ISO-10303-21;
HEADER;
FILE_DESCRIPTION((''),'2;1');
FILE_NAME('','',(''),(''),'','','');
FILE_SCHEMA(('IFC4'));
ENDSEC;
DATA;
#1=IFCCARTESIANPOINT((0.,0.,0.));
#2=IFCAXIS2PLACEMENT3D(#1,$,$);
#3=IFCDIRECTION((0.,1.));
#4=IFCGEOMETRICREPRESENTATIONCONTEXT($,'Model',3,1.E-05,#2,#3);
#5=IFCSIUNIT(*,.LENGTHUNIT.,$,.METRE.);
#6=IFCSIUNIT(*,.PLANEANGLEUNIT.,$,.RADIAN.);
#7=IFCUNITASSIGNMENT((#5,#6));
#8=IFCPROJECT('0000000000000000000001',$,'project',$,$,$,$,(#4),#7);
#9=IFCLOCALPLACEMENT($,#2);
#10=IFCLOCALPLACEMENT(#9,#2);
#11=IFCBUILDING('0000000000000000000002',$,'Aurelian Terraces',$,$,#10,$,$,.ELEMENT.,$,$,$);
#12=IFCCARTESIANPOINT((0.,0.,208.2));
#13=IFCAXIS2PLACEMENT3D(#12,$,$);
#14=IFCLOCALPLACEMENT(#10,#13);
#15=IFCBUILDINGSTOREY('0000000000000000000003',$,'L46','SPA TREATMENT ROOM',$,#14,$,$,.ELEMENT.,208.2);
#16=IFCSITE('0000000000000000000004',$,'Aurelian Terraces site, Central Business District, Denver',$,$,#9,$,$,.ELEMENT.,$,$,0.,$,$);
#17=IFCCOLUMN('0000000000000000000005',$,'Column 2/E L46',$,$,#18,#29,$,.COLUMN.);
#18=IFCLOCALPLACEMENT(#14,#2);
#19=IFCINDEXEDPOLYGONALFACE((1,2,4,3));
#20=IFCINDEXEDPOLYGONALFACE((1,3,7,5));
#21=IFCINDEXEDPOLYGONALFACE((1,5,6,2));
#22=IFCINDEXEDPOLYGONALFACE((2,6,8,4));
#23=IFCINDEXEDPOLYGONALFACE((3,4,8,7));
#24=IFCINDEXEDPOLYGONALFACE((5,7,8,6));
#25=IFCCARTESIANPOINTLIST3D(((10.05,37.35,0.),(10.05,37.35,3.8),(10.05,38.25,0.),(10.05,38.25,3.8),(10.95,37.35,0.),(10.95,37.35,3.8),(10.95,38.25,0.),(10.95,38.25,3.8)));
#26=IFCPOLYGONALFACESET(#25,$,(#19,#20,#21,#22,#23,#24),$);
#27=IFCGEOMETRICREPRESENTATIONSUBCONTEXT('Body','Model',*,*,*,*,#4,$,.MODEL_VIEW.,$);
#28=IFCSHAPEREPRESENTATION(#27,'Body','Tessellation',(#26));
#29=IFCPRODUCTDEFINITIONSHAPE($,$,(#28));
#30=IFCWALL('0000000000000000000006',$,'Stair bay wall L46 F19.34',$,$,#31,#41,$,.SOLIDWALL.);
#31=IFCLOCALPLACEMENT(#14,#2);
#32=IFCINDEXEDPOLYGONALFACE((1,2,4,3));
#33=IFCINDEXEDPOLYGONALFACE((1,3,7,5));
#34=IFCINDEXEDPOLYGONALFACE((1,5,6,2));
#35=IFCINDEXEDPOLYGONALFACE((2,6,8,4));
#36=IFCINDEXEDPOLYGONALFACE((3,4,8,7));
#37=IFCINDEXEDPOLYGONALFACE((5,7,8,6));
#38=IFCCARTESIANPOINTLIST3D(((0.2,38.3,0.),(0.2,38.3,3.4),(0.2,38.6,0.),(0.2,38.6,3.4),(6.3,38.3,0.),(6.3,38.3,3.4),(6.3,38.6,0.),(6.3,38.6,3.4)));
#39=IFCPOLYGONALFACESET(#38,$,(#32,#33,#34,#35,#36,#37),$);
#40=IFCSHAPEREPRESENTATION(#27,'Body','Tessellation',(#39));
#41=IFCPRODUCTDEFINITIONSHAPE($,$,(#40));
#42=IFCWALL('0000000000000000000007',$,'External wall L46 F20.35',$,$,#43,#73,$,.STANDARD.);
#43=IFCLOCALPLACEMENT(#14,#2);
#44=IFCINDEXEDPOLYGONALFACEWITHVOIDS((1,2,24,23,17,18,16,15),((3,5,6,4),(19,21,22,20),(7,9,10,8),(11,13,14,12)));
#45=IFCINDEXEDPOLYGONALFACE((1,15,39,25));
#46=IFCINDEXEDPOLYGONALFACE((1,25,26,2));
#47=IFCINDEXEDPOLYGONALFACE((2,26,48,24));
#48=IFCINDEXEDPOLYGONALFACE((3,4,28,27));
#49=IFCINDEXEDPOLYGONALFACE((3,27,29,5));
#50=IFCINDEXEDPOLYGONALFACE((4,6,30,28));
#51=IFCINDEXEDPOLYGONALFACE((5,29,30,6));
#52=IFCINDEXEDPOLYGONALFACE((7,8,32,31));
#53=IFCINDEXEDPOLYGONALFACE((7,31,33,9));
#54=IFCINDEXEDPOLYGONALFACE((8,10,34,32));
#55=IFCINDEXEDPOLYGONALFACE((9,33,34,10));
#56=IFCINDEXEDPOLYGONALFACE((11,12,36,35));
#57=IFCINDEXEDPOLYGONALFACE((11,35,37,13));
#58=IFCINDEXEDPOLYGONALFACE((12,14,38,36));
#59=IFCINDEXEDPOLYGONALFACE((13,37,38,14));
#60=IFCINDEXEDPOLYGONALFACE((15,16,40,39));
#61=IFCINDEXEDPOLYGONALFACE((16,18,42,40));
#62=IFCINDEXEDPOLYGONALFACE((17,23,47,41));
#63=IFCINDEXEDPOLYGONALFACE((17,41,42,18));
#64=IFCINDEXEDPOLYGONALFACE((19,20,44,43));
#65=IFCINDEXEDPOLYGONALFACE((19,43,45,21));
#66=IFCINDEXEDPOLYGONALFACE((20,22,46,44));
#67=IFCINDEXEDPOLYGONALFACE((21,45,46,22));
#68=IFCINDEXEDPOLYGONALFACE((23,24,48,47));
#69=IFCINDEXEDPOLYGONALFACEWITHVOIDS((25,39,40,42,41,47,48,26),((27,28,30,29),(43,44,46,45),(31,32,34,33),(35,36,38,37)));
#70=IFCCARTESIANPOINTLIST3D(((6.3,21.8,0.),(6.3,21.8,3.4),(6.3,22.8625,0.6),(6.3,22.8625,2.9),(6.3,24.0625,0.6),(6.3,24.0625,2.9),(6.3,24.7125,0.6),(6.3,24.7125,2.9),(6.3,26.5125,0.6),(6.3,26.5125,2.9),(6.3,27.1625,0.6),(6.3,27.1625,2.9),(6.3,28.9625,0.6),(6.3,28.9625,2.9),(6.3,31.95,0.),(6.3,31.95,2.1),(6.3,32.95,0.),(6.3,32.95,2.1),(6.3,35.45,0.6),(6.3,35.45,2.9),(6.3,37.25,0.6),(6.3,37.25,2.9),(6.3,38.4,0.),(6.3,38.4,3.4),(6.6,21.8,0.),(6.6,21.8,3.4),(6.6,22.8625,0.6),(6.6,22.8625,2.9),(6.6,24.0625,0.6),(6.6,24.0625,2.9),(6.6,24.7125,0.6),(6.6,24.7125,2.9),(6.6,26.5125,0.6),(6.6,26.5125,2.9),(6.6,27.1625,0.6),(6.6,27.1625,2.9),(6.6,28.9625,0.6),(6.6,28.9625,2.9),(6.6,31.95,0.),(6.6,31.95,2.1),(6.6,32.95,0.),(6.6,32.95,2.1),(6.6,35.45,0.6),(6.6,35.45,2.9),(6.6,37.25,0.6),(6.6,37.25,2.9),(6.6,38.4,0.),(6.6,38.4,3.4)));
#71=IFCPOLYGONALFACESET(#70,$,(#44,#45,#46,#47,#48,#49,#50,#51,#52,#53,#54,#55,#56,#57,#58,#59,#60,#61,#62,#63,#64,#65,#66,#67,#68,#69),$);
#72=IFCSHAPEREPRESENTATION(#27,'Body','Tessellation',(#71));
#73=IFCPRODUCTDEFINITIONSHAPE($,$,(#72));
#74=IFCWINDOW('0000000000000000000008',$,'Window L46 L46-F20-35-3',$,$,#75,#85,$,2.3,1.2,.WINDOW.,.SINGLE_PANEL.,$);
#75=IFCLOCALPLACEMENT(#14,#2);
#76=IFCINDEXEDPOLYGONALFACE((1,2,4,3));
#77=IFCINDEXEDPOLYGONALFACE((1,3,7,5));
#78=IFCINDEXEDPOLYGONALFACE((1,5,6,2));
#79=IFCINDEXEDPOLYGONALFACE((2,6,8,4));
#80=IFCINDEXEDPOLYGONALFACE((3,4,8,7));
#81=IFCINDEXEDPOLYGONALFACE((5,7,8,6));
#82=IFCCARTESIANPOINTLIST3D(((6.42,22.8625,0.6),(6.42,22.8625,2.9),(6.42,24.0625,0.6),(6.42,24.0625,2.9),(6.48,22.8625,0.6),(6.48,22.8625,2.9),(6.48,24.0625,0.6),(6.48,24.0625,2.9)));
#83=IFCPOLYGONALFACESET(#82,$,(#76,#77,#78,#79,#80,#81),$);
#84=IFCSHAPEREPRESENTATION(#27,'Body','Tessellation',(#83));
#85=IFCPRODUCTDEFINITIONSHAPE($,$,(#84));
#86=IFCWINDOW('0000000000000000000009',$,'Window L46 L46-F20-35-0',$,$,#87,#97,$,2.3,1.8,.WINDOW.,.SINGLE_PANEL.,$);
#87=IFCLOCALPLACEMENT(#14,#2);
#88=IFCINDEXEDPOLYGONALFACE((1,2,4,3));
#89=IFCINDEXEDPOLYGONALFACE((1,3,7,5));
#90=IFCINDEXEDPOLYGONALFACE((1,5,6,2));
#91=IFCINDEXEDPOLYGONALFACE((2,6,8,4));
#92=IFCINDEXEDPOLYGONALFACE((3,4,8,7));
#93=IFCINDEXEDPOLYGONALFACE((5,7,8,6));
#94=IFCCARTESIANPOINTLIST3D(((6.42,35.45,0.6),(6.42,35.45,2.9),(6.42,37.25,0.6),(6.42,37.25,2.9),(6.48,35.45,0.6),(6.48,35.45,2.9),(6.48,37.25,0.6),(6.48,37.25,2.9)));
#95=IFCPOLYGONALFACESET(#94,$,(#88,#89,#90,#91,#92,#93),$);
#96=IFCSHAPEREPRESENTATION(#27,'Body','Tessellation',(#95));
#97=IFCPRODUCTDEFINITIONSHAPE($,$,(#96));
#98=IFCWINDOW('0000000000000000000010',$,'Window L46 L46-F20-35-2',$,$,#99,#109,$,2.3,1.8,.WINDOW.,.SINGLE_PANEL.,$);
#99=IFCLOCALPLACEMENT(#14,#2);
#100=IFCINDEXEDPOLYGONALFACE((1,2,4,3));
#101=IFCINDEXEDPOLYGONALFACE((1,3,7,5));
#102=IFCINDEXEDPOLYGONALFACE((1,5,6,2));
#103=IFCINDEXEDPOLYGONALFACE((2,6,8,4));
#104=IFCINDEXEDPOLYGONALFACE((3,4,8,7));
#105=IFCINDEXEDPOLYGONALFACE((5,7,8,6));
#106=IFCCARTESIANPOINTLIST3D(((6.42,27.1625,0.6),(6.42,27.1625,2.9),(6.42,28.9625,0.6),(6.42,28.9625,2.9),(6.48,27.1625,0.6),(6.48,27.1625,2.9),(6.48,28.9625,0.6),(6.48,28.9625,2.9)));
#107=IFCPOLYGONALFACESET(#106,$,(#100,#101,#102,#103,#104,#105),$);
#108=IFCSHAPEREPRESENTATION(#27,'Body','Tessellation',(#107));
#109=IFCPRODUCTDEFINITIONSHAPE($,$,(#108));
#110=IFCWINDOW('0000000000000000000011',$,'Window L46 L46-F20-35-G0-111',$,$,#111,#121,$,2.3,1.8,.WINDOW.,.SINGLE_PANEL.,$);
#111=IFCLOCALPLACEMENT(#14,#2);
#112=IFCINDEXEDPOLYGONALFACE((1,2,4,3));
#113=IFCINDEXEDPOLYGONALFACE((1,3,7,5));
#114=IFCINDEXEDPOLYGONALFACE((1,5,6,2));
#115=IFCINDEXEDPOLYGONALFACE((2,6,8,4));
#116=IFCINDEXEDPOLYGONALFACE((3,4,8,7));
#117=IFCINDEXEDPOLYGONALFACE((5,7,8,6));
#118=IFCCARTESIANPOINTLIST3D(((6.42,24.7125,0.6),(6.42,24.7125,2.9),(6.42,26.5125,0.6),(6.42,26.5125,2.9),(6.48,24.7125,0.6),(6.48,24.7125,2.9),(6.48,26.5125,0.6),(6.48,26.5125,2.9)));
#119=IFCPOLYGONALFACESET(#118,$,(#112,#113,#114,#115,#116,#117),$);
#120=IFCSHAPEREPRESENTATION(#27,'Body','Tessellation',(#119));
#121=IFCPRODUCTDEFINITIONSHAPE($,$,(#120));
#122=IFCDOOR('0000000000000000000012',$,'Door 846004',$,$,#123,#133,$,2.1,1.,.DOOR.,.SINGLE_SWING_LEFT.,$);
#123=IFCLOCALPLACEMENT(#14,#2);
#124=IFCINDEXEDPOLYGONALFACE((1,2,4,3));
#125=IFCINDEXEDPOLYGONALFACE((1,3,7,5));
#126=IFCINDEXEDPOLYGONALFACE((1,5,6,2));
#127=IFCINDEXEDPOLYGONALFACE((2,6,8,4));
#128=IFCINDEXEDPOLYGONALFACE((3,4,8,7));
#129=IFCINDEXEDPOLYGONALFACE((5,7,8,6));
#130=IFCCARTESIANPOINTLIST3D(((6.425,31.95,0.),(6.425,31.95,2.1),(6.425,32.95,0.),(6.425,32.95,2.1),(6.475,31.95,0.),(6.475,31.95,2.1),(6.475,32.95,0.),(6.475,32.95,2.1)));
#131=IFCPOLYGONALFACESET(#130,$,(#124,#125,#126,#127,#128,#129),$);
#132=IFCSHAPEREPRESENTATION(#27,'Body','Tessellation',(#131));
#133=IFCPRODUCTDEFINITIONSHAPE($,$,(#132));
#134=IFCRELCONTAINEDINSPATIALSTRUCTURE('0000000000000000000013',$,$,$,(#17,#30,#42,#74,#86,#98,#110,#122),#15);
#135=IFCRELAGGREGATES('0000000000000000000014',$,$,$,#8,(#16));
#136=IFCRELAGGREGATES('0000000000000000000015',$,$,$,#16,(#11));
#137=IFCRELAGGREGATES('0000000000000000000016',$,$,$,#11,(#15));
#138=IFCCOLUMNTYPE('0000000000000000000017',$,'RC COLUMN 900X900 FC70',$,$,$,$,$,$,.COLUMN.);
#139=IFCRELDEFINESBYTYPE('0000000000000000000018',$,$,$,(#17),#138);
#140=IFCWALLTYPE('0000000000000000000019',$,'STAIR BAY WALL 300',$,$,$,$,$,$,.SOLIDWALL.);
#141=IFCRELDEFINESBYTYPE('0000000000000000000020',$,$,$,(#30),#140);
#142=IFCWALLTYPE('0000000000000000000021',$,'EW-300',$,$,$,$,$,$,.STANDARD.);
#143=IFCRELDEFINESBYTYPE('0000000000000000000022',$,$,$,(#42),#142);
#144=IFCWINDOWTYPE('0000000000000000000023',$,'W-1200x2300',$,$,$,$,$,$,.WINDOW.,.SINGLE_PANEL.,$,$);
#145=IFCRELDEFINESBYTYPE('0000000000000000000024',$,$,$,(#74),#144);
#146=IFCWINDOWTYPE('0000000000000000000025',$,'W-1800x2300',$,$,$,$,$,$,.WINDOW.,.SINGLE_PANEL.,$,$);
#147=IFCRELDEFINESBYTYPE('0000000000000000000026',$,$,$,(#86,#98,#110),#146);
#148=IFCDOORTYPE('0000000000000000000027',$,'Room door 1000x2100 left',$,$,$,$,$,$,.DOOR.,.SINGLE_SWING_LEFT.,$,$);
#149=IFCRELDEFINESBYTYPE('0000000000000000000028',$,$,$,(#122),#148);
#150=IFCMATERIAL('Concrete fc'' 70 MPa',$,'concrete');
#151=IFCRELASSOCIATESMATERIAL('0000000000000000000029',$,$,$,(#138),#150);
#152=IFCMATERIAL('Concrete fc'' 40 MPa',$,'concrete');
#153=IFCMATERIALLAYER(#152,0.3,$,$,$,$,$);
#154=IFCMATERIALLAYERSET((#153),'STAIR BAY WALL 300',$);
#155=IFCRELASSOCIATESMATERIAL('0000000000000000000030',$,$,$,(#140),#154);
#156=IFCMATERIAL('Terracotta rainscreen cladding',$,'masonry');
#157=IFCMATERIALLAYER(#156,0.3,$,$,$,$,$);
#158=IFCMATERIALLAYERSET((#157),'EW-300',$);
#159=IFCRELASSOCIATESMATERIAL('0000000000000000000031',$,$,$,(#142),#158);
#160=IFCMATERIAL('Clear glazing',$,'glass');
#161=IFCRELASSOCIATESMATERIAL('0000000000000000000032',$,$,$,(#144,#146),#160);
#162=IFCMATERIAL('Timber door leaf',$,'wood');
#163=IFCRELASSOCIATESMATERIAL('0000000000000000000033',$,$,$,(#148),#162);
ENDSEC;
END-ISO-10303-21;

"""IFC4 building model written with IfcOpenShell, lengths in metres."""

from ifc_helpers import new_model, si_unit, direction, frame, frame_2d, origin, origin_2d, place, context, subcontext, project, spatial, rectangle, extrude, source, transform, mapped, material, layer, layer_set, material_profile, profile_set, type_object, element, fill, save


model = new_model("IFC4")

# Units and contexts
model_context = context("Model", 3, precision=1e-05, world=origin(), true_north=direction((0.0, 1.0)))
body_context = subcontext(model_context, "Body", "Model", "MODEL_VIEW")
ifc_project = project(units=[si_unit("LENGTHUNIT", "METRE"), si_unit("PLANEANGLEUNIT", "RADIAN")], contexts=[model_context])

# Site, building, storey
site_placement = place(None, origin())
site = spatial("IfcSite", under=ifc_project, at=site_placement, Name="Aurelian Terraces site, Central Business District, Denver", CompositionType="ELEMENT", RefElevation=0.0)
building_placement = place(site_placement, origin())
building = spatial("IfcBuilding", under=site, at=building_placement, Name="Aurelian Terraces", CompositionType="ELEMENT")
storey_placement = place(building_placement, frame((0.0, 0.0, 208.2)))
storey = spatial("IfcBuildingStorey", under=building, at=storey_placement, Name="L46", Description="SPA TREATMENT ROOM", CompositionType="ELEMENT", Elevation=208.2)

# Column
ifc_material_1 = material(Name="Concrete fc' 70 MPa", Category="concrete")
ifc_material_profile = material_profile(ifc_material_1, rectangle(XDim=0.9, YDim=0.9, at=origin_2d()))
ifc_profile_set = profile_set([ifc_material_profile], Name="Concrete fc' 70 MPa")
column_type = type_object("IfcColumnType", Name="RC COLUMN 900X900 FC70", PredefinedType="COLUMN", material=ifc_profile_set)
shared_shape_1 = source(origin(), body_context, "Body", "SweptSolid", [
    extrude(rectangle(XDim=0.9, YDim=0.9, at=origin_2d()), origin(), (0.0, 0.0, 1.0), 3.8),
])
column_placement = place(storey_placement, frame((10.5, 37.8, 0.0), z_axis=(0.0, 0.0, 1.0), x_axis=(1.0, 0.0, 0.0)))
element("IfcColumn", 1, at=column_placement, inside=storey, type_object=column_type, Name="Column 2/E L46", PredefinedType="COLUMN", context=body_context, shape_type="MappedRepresentation", body=[
    mapped(shared_shape_1, transform((0.0, 0.0, 0.0), scale=1.0)),
])

# Wall
ifc_material_2 = material(Name="Concrete fc' 40 MPa", Category="concrete")
ifc_layer_1 = layer(ifc_material_2, 0.3)
ifc_layer_set_1 = layer_set([ifc_layer_1], Name="STAIR BAY WALL 300")
wall_type_1 = type_object("IfcWallType", Name="STAIR BAY WALL 300", PredefinedType="SOLIDWALL", material=ifc_layer_set_1)
shared_shape_2 = source(origin(), body_context, "Body", "SweptSolid", [
    extrude(rectangle(XDim=6.1, YDim=0.3, at=frame_2d((3.05, 0.0))), origin(), (0.0, 0.0, 1.0), 3.4),
])
wall_1_placement = place(storey_placement, frame((0.2, 38.45, 0.0), z_axis=(0.0, 0.0, 1.0), x_axis=(1.0, 0.0, 0.0)))
element("IfcWall", 2, at=wall_1_placement, inside=storey, type_object=wall_type_1, Name="Stair bay wall L46 F19.34", PredefinedType="SOLIDWALL", context=body_context, shape_type="MappedRepresentation", body=[
    mapped(shared_shape_2, transform((0.0, 0.0, 0.0), scale=1.0)),
])

# Wall, openings, windows, door
ifc_material_3 = material(Name="Terracotta rainscreen cladding", Category="masonry")
ifc_layer_2 = layer(ifc_material_3, 0.3)
ifc_layer_set_2 = layer_set([ifc_layer_2], Name="EW-300")
wall_type_2 = type_object("IfcWallType", Name="EW-300", PredefinedType="STANDARD", material=ifc_layer_set_2)
shared_shape_3 = source(origin(), body_context, "Body", "SweptSolid", [
    extrude(rectangle(XDim=16.6, YDim=0.3, at=frame_2d((8.3, 0.0))), origin(), (0.0, 0.0, 1.0), 3.4),
])
wall_2_placement = place(storey_placement, frame((6.45, 38.4, 0.0), z_axis=(0.0, 0.0, 1.0), x_axis=(0.0, -1.0, 0.0)))
wall_2 = element("IfcWall", 3, at=wall_2_placement, inside=storey, type_object=wall_type_2, Name="External wall L46 F20.35", PredefinedType="STANDARD", context=body_context, shape_type="MappedRepresentation", body=[
    mapped(shared_shape_3, transform((0.0, 0.0, 0.0), scale=1.0)),
])
shared_shape_4 = source(origin(), body_context, "Body", "SweptSolid", [
    extrude(rectangle(XDim=1.8, YDim=2.3, at=frame_2d((0.9, 1.15))), frame((0.0, 0.16, 0.0), z_axis=(0.0, -1.0, 0.0), x_axis=(1.0, 0.0, 0.0)), (0.0, 0.0, 1.0), 0.32),
])
opening_1_placement = place(wall_2_placement, frame((1.15, 0.0, 0.6)))
opening_1 = element("IfcOpeningElement", 4, at=opening_1_placement, cuts=wall_2, PredefinedType="OPENING", context=body_context, shape_type="MappedRepresentation", body=[
    mapped(shared_shape_4, transform((0.0, 0.0, 0.0), scale=1.0)),
])
opening_2_placement = place(wall_2_placement, frame((9.4375, 0.0, 0.6)))
opening_2 = element("IfcOpeningElement", 5, at=opening_2_placement, cuts=wall_2, PredefinedType="OPENING", context=body_context, shape_type="MappedRepresentation", body=[
    mapped(shared_shape_4, transform((0.0, 0.0, 0.0), scale=1.0)),
])
shared_shape_5 = source(origin(), body_context, "Body", "SweptSolid", [
    extrude(rectangle(XDim=1.2, YDim=2.3, at=frame_2d((0.6, 1.15))), frame((0.0, 0.16, 0.0), z_axis=(0.0, -1.0, 0.0), x_axis=(1.0, 0.0, 0.0)), (0.0, 0.0, 1.0), 0.32),
])
opening_3_placement = place(wall_2_placement, frame((14.3375, 0.0, 0.6)))
opening_3 = element("IfcOpeningElement", 6, at=opening_3_placement, cuts=wall_2, PredefinedType="OPENING", context=body_context, shape_type="MappedRepresentation", body=[
    mapped(shared_shape_5, transform((0.0, 0.0, 0.0), scale=1.0)),
])
opening_4_placement = place(wall_2_placement, frame((11.8875, 0.0, 0.6)))
opening_4 = element("IfcOpeningElement", 7, at=opening_4_placement, cuts=wall_2, PredefinedType="OPENING", context=body_context, shape_type="MappedRepresentation", body=[
    mapped(shared_shape_4, transform((0.0, 0.0, 0.0), scale=1.0)),
])
shared_shape_6 = source(origin(), body_context, "Body", "SweptSolid", [
    extrude(rectangle(XDim=1.0, YDim=2.1, at=frame_2d((0.5, 1.05))), frame((0.0, 0.16, 0.0), z_axis=(0.0, -1.0, 0.0), x_axis=(1.0, 0.0, 0.0)), (0.0, 0.0, 1.0), 0.32),
])
opening_5_placement = place(wall_2_placement, frame((5.45, 0.0, 0.0)))
opening_5 = element("IfcOpeningElement", 8, at=opening_5_placement, cuts=wall_2, PredefinedType="OPENING", context=body_context, shape_type="MappedRepresentation", body=[
    mapped(shared_shape_6, transform((0.0, 0.0, 0.0), scale=1.0)),
])
ifc_material_4 = material(Name="Clear glazing", Category="glass")
window_type_1 = type_object("IfcWindowType", Name="W-1200x2300", PartitioningType="SINGLE_PANEL", PredefinedType="WINDOW", material=ifc_material_4)
shared_shape_7 = source(origin(), body_context, "Body", "SweptSolid", [
    extrude(rectangle(XDim=1.2, YDim=2.3, at=frame_2d((0.6, 1.15))), frame((0.0, 0.03, 0.0), z_axis=(0.0, -1.0, 0.0), x_axis=(1.0, 0.0, 0.0)), (0.0, 0.0, 1.0), 0.06),
])
window_1_placement = place(opening_3_placement, origin())
window_1 = element("IfcWindow", 9, at=window_1_placement, inside=storey, type_object=window_type_1, Name="Window L46 L46-F20-35-3", OverallHeight=2.3, OverallWidth=1.2, PartitioningType="SINGLE_PANEL", PredefinedType="WINDOW", context=body_context, shape_type="MappedRepresentation", body=[
    mapped(shared_shape_7, transform((0.0, 0.0, 0.0), scale=1.0)),
])
fill(opening_3, window_1)
window_type_2 = type_object("IfcWindowType", Name="W-1800x2300", PartitioningType="SINGLE_PANEL", PredefinedType="WINDOW", material=ifc_material_4)
shared_shape_8 = source(origin(), body_context, "Body", "SweptSolid", [
    extrude(rectangle(XDim=1.8, YDim=2.3, at=frame_2d((0.9, 1.15))), frame((0.0, 0.03, 0.0), z_axis=(0.0, -1.0, 0.0), x_axis=(1.0, 0.0, 0.0)), (0.0, 0.0, 1.0), 0.06),
])
window_2_placement = place(opening_1_placement, origin())
window_2 = element("IfcWindow", 10, at=window_2_placement, inside=storey, type_object=window_type_2, Name="Window L46 L46-F20-35-0", OverallHeight=2.3, OverallWidth=1.8, PartitioningType="SINGLE_PANEL", PredefinedType="WINDOW", context=body_context, shape_type="MappedRepresentation", body=[
    mapped(shared_shape_8, transform((0.0, 0.0, 0.0), scale=1.0)),
])
fill(opening_1, window_2)
window_3_placement = place(opening_2_placement, origin())
window_3 = element("IfcWindow", 11, at=window_3_placement, inside=storey, type_object=window_type_2, Name="Window L46 L46-F20-35-2", OverallHeight=2.3, OverallWidth=1.8, PartitioningType="SINGLE_PANEL", PredefinedType="WINDOW", context=body_context, shape_type="MappedRepresentation", body=[
    mapped(shared_shape_8, transform((0.0, 0.0, 0.0), scale=1.0)),
])
fill(opening_2, window_3)
window_4_placement = place(opening_4_placement, origin())
window_4 = element("IfcWindow", 12, at=window_4_placement, inside=storey, type_object=window_type_2, Name="Window L46 L46-F20-35-G0-111", OverallHeight=2.3, OverallWidth=1.8, PartitioningType="SINGLE_PANEL", PredefinedType="WINDOW", context=body_context, shape_type="MappedRepresentation", body=[
    mapped(shared_shape_8, transform((0.0, 0.0, 0.0), scale=1.0)),
])
fill(opening_4, window_4)
ifc_material_5 = material(Name="Timber door leaf", Category="wood")
door_type_1 = type_object("IfcDoorType", Name="Room door 1000x2100 left", OperationType="SINGLE_SWING_LEFT", PredefinedType="DOOR", material=ifc_material_5)
shared_shape_9 = source(origin(), body_context, "Body", "SweptSolid", [
    extrude(rectangle(XDim=1.0, YDim=2.1, at=frame_2d((0.5, 1.05))), frame((0.0, 0.025, 0.0), z_axis=(0.0, -1.0, 0.0), x_axis=(1.0, 0.0, 0.0)), (0.0, 0.0, 1.0), 0.05),
])
door_1_placement = place(opening_5_placement, origin())
door_1 = element("IfcDoor", 13, at=door_1_placement, inside=storey, type_object=door_type_1, Name="Door 846004", OperationType="SINGLE_SWING_LEFT", OverallHeight=2.1, OverallWidth=1.0, PredefinedType="DOOR", context=body_context, shape_type="MappedRepresentation", body=[
    mapped(shared_shape_9, transform((0.0, 0.0, 0.0), scale=1.0)),
])
fill(opening_5, door_1)

save(model, "model.ifc")
